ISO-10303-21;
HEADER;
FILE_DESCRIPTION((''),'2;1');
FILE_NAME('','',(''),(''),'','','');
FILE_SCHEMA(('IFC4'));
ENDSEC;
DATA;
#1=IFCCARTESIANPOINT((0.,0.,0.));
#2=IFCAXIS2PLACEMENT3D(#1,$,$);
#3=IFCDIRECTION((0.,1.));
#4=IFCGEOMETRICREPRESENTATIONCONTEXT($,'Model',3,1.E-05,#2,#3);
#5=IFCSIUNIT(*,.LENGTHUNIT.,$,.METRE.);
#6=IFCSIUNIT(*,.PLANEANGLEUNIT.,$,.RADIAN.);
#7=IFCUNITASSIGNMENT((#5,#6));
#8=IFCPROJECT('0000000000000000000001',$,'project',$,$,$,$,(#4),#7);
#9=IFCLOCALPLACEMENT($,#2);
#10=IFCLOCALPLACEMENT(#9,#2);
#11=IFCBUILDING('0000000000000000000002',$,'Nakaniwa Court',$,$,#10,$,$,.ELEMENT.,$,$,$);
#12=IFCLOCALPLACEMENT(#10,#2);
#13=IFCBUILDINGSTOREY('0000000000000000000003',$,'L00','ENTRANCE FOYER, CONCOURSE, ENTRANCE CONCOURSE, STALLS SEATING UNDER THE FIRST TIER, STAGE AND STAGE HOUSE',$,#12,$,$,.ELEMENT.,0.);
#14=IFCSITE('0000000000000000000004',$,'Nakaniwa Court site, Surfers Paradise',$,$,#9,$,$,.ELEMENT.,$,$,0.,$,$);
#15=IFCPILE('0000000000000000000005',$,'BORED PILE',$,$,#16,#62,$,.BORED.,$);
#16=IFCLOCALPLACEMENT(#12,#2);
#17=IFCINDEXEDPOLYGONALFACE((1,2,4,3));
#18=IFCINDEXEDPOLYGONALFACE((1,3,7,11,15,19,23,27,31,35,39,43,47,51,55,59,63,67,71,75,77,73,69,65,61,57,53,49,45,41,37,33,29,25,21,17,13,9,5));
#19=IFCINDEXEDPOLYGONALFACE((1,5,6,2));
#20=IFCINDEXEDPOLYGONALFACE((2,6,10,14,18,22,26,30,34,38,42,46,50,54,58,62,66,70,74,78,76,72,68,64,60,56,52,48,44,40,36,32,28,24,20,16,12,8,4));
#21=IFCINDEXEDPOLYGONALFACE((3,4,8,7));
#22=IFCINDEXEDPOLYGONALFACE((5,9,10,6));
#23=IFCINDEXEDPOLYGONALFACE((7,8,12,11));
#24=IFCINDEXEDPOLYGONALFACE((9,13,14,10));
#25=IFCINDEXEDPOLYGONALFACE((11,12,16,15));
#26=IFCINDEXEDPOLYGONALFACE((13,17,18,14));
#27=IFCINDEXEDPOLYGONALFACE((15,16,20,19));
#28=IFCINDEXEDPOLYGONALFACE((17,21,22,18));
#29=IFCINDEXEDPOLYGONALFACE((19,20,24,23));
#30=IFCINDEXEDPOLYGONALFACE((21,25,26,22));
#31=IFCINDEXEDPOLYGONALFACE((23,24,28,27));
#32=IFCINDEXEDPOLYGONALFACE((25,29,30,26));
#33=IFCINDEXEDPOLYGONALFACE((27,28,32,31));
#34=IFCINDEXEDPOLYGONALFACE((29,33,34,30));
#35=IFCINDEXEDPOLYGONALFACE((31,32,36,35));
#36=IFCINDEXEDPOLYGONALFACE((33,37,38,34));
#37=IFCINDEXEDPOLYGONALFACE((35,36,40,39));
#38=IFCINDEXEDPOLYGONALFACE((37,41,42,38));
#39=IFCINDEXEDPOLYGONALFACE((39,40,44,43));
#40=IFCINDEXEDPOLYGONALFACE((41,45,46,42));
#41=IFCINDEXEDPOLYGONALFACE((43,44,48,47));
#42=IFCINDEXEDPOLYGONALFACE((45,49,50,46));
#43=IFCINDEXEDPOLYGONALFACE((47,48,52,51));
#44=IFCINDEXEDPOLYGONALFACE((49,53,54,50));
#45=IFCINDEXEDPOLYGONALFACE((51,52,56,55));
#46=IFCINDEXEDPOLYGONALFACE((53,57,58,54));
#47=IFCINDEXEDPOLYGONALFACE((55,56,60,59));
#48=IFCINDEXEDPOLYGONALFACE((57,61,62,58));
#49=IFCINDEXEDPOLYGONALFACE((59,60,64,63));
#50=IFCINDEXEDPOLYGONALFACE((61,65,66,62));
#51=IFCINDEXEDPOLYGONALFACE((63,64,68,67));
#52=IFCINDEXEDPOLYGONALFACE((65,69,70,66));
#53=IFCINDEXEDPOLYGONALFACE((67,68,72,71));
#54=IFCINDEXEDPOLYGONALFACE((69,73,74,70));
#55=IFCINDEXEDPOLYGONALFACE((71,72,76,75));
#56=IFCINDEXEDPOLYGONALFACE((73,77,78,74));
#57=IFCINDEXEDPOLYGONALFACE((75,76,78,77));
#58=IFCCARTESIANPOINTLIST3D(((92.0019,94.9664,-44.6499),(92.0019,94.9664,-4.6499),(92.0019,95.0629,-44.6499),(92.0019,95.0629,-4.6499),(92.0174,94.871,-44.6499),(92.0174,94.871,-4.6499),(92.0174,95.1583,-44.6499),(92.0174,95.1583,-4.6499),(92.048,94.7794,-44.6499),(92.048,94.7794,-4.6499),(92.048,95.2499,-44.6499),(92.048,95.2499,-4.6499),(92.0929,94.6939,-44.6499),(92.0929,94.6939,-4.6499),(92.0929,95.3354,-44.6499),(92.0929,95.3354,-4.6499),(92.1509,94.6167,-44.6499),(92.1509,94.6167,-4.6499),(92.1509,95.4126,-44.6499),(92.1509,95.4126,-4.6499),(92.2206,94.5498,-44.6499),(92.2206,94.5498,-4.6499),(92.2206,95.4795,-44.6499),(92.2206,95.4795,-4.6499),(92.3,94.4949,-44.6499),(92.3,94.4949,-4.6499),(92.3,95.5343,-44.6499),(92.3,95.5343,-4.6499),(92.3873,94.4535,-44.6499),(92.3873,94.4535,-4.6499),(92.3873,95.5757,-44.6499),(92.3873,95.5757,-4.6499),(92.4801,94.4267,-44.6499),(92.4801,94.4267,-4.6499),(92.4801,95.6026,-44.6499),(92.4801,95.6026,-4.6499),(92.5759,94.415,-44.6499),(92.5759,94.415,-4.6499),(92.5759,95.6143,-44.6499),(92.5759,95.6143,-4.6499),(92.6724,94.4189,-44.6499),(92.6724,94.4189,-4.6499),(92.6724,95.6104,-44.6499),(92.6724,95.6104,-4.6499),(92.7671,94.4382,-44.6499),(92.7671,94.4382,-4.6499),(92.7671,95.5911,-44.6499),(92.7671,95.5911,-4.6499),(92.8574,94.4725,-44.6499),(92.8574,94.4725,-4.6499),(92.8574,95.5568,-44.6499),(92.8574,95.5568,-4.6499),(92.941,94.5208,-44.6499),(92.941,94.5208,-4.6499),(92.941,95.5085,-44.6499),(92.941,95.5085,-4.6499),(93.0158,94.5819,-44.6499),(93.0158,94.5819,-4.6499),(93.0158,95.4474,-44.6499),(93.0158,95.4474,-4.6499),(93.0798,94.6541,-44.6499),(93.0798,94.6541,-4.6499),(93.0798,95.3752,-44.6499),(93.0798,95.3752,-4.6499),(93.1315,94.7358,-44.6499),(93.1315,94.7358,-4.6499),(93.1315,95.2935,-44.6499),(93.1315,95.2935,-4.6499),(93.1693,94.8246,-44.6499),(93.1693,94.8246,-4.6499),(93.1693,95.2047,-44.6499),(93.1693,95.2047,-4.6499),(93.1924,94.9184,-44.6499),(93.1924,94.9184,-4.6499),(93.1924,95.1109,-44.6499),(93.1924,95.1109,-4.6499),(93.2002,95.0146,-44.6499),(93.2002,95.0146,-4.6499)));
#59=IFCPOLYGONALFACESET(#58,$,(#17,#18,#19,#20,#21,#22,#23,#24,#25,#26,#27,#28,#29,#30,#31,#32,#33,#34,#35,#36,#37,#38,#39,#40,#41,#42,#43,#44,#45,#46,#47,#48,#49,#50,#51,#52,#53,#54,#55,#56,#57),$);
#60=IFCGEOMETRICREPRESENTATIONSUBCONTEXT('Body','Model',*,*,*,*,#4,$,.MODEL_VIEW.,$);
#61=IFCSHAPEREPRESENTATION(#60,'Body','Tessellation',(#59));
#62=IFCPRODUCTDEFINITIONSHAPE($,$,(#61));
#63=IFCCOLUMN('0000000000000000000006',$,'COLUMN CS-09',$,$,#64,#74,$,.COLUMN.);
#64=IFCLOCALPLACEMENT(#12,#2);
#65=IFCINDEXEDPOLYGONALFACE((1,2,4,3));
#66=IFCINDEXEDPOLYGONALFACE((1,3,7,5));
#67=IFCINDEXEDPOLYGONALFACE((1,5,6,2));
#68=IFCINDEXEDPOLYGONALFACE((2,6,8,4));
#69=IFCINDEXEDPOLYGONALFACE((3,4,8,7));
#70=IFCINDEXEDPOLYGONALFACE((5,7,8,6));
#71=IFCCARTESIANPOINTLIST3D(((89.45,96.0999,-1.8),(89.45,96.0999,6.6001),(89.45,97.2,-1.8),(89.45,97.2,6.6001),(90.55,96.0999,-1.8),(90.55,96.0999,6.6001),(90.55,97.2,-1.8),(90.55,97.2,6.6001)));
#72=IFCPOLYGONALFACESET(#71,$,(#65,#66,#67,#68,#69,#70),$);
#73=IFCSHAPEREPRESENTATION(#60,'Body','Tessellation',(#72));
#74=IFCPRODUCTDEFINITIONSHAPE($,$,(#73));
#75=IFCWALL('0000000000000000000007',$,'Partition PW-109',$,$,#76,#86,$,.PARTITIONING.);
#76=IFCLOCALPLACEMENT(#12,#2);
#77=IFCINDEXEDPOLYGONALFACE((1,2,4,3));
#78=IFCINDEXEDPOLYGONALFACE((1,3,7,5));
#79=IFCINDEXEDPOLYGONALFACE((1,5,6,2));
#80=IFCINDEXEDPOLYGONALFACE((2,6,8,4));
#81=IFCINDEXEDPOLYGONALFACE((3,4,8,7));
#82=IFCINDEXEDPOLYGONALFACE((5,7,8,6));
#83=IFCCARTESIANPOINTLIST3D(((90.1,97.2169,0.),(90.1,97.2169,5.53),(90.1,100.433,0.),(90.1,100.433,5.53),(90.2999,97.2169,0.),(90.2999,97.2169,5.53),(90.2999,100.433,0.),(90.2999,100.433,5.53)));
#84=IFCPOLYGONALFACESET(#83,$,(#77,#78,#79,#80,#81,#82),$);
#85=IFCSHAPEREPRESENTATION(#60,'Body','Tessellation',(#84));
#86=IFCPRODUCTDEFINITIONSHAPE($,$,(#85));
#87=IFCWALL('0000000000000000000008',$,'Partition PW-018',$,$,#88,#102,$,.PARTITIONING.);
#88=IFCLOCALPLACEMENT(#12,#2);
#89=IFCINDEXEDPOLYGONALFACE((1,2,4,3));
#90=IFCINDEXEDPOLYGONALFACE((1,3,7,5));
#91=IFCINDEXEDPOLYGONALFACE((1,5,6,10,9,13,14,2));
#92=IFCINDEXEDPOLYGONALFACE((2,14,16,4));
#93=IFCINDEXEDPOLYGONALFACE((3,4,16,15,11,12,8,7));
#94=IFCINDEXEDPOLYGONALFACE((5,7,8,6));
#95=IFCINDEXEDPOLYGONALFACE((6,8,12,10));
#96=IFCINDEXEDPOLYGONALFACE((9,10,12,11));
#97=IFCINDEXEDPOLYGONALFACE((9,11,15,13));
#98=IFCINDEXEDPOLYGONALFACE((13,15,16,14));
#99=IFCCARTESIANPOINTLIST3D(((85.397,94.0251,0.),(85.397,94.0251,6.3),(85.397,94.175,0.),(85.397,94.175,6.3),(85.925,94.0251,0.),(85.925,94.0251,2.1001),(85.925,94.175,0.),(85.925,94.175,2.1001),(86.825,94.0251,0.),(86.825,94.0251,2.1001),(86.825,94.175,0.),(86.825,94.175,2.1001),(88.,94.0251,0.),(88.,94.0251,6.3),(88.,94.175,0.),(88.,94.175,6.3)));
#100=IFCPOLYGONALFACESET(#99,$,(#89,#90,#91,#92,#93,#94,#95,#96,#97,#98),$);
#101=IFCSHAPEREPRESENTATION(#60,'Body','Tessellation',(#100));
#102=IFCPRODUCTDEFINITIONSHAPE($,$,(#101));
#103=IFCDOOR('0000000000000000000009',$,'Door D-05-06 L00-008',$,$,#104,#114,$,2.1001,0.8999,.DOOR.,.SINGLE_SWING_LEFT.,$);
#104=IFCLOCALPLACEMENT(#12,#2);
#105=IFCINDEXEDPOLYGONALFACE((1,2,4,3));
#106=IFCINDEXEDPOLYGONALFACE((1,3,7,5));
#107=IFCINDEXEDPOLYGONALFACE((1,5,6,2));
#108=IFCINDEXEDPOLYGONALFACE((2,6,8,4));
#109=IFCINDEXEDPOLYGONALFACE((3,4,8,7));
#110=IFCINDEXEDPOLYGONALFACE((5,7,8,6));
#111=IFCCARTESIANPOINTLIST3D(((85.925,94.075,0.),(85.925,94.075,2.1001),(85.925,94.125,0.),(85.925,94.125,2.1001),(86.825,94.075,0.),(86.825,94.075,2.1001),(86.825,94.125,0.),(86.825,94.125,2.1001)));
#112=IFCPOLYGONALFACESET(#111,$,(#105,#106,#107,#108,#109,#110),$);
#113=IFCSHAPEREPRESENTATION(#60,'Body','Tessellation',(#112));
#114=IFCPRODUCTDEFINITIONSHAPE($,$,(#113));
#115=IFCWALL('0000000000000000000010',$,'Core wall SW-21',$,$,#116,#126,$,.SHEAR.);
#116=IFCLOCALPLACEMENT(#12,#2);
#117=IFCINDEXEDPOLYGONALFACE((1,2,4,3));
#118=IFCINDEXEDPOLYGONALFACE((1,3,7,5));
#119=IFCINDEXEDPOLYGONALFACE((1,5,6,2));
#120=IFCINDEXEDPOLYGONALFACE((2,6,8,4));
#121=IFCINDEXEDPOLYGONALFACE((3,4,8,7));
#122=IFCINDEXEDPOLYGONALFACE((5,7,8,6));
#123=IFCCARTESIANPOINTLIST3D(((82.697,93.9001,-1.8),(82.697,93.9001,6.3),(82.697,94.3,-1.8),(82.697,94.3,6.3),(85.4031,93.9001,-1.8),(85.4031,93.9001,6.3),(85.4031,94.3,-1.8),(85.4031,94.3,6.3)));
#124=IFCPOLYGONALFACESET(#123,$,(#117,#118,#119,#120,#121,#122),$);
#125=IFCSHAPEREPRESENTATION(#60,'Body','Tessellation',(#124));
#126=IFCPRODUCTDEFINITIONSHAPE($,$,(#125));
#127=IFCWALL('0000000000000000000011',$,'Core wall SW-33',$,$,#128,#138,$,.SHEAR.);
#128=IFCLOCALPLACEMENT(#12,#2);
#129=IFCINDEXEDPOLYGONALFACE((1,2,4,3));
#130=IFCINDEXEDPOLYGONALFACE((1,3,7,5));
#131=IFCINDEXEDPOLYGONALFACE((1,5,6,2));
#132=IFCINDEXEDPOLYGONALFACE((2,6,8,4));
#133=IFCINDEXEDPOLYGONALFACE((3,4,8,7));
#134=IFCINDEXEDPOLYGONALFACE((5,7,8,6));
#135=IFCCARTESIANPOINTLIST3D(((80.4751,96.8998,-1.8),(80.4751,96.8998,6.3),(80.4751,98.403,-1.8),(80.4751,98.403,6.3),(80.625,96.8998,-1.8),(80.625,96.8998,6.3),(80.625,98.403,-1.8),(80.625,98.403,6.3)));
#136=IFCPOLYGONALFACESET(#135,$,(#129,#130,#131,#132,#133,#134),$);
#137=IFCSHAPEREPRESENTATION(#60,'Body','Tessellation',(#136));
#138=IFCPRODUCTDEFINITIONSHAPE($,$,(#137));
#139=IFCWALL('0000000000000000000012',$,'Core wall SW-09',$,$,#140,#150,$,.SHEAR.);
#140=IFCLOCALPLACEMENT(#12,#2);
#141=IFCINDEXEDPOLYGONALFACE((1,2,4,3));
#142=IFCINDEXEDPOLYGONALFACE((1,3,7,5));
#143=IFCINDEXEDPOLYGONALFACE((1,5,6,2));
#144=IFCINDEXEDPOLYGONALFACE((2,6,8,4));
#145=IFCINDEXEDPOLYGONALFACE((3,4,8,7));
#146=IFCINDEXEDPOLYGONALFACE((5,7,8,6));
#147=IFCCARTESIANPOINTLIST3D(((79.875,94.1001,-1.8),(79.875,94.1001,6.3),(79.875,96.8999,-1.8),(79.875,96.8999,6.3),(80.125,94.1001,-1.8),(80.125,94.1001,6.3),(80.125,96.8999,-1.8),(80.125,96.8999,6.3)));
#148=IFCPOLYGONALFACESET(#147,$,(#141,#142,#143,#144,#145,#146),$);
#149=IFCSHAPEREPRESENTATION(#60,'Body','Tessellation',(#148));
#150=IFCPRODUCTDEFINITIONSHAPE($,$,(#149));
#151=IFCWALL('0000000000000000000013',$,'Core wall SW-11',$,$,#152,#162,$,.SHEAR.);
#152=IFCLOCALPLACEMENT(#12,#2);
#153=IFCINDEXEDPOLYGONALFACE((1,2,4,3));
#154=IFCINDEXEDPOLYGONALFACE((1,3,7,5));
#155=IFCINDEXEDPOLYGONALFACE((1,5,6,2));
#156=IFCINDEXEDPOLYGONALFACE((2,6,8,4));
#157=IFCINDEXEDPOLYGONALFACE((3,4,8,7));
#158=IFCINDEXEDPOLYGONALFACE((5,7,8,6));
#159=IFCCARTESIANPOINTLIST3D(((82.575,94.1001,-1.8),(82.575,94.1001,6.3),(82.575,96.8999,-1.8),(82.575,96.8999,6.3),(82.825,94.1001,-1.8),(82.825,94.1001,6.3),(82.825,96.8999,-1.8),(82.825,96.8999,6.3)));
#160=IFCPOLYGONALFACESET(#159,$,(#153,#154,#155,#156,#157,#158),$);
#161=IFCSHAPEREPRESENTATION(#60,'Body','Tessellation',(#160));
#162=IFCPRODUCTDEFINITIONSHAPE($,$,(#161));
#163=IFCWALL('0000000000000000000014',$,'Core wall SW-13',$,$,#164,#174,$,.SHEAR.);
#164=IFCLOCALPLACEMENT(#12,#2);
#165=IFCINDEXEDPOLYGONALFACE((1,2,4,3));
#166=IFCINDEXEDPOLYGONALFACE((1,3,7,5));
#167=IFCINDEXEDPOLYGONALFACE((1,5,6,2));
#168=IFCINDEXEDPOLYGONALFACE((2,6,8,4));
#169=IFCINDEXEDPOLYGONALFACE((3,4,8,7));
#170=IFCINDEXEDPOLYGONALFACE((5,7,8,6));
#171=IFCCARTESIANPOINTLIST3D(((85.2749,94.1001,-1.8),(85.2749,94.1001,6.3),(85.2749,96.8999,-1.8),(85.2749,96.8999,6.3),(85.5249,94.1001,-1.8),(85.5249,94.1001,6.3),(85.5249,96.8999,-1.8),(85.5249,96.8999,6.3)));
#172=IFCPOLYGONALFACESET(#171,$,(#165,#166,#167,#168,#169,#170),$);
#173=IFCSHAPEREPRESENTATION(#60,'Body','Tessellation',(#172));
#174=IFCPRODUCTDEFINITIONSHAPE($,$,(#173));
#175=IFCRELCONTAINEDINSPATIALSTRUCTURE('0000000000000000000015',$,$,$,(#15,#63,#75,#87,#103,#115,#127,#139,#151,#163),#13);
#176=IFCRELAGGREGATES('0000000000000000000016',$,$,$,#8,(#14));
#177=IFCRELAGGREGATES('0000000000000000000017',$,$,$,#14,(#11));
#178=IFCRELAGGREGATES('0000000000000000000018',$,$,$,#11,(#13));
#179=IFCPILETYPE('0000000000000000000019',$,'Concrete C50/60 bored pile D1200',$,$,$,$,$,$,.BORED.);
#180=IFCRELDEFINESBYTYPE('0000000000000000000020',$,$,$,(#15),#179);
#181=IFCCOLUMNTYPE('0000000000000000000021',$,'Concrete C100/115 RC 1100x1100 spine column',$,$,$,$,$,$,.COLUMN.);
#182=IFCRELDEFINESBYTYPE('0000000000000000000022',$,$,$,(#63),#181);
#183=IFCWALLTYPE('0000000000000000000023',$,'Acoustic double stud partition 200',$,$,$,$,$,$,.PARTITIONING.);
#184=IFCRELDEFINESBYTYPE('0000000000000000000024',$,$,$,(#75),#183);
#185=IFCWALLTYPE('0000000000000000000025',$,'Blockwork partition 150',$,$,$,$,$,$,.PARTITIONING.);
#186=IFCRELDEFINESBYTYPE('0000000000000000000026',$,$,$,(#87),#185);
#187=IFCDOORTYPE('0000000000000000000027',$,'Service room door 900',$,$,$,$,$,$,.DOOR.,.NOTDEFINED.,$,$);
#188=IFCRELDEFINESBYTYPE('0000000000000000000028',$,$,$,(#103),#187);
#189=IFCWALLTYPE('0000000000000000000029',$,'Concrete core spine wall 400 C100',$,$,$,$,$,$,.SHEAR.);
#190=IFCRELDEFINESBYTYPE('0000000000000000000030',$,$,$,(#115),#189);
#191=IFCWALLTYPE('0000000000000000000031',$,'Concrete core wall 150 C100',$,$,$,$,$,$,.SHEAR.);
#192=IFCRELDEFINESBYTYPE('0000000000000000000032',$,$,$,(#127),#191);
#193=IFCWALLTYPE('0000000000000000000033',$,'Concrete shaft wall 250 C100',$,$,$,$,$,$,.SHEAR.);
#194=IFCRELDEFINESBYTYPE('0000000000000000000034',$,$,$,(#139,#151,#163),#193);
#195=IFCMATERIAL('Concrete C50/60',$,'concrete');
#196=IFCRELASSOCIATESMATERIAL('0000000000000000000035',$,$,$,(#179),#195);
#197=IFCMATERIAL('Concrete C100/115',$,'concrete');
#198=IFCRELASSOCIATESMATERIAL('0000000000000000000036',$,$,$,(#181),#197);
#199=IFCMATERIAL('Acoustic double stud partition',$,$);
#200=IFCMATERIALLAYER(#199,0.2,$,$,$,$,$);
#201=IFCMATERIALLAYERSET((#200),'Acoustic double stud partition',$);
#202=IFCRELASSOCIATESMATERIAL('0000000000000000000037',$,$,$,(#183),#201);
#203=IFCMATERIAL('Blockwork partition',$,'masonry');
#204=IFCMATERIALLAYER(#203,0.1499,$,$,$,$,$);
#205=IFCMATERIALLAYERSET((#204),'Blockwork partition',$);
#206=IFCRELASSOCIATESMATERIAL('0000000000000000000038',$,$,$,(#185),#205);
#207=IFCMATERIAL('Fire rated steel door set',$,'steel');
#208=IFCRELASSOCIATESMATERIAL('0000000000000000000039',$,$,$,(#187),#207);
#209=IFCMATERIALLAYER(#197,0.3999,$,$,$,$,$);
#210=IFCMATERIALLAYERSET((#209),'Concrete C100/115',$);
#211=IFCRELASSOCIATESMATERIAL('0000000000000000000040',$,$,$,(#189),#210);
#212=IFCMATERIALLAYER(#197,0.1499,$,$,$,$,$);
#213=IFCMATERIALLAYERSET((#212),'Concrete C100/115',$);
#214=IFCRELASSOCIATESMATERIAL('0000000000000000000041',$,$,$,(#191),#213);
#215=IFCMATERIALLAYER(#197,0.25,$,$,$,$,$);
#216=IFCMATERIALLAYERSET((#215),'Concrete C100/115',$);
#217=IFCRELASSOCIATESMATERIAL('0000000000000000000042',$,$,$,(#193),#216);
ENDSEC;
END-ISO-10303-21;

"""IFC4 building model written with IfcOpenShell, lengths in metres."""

from ifc_helpers import new_model, si_unit, direction, frame, frame_2d, origin, origin_2d, place, context, subcontext, project, spatial, rectangle, circle, extrude, material, layer, layer_set, material_profile, profile_set, type_object, element, fill, save


model = new_model("IFC4")

# Units and contexts
model_context = context("Model", 3, precision=1e-05, world=origin(), true_north=direction((0.0, 1.0)))
body_context = subcontext(model_context, "Body", "Model", "MODEL_VIEW")
ifc_project = project(units=[si_unit("LENGTHUNIT", "METRE"), si_unit("PLANEANGLEUNIT", "RADIAN")], contexts=[model_context])

# Site, building, storey
site_placement = place(None, origin())
site = spatial("IfcSite", under=ifc_project, at=site_placement, Name="Nakaniwa Court site, Surfers Paradise", CompositionType="ELEMENT", RefElevation=0.0)
building_placement = place(site_placement, origin())
building = spatial("IfcBuilding", under=site, at=building_placement, Name="Nakaniwa Court", CompositionType="ELEMENT")
storey_placement = place(building_placement, origin())
storey = spatial("IfcBuildingStorey", under=building, at=storey_placement, Name="L00", Description="ENTRANCE FOYER, CONCOURSE, ENTRANCE CONCOURSE, STALLS SEATING UNDER THE FIRST TIER, STAGE AND STAGE HOUSE", CompositionType="ELEMENT", Elevation=0.0)

# Pile
ifc_material_1 = material(Name="Concrete C50/60", Category="concrete")
ifc_material_profile_1 = material_profile(ifc_material_1, circle(Radius=0.6001, at=origin_2d()), Name="Concrete C50/60 bored pile D1200")
ifc_profile_set_1 = profile_set([ifc_material_profile_1], Name="Concrete C50/60")
pile_type = type_object("IfcPileType", Name="Concrete C50/60 bored pile D1200", PredefinedType="BORED", material=ifc_profile_set_1)
for number, where, z_axis, x_axis, name in (
    (1, (92.6001, 95.0146, -4.6499), (0.0, 0.0, -1.0), (1.0, 0.0, 0.0), "BORED PILE"),
):
    element("IfcPile", number, at=place(storey_placement, frame(where, z_axis=z_axis, x_axis=x_axis)), inside=storey, type_object=pile_type, Name=name, PredefinedType="BORED", context=body_context, shape_type="SweptSolid", body=[
        extrude(circle(Radius=0.6001, at=origin_2d()), origin(), (0.0, 0.0, 1.0), 40.0),
    ])

# Column
ifc_material_2 = material(Name="Concrete C100/115", Category="concrete")
ifc_material_profile_2 = material_profile(ifc_material_2, rectangle(XDim=1.1001, YDim=1.1001, at=origin_2d()), Name="Concrete C100/115 RC 1100x1100 spine column")
ifc_profile_set_2 = profile_set([ifc_material_profile_2], Name="Concrete C100/115")
column_type = type_object("IfcColumnType", Name="Concrete C100/115 RC 1100x1100 spine column", PredefinedType="COLUMN", material=ifc_profile_set_2)
column_placement = place(storey_placement, frame((90.0, 96.6499, -1.8), z_axis=(0.0, 0.0, 1.0), x_axis=(0.0, 1.0, 0.0)))
element("IfcColumn", 2, at=column_placement, inside=storey, type_object=column_type, Name="COLUMN CS-09", PredefinedType="COLUMN", context=body_context, shape_type="SweptSolid", body=[
    extrude(rectangle(XDim=1.1001, YDim=1.1001, at=origin_2d()), origin(), (0.0, 0.0, 1.0), 8.4001),
])

# Wall
ifc_material_3 = material(Name="Acoustic double stud partition")
ifc_layer_1 = layer(ifc_material_3, 0.2)
ifc_layer_set_1 = layer_set([ifc_layer_1], Name="Acoustic double stud partition")
wall_type_1 = type_object("IfcWallType", Name="Acoustic double stud partition 200", PredefinedType="PARTITIONING", material=ifc_layer_set_1)
wall_1_placement = place(storey_placement, frame((90.2, 97.217, 0.0), z_axis=(0.0, 0.0, 1.0), x_axis=(0.0, 1.0, 0.0)))
element("IfcWall", 3, at=wall_1_placement, inside=storey, type_object=wall_type_1, Name="Partition PW-109", PredefinedType="PARTITIONING", context=body_context, shape_type="SweptSolid", body=[
    extrude(rectangle(XDim=3.2161, YDim=0.2, at=frame_2d((1.6079, 0.0))), origin(), (0.0, 0.0, 1.0), 5.53),
])

# Wall, opening, door
ifc_material_4 = material(Name="Blockwork partition", Category="masonry")
ifc_layer_2 = layer(ifc_material_4, 0.1499)
ifc_layer_set_2 = layer_set([ifc_layer_2], Name="Blockwork partition")
wall_type_2 = type_object("IfcWallType", Name="Blockwork partition 150", PredefinedType="PARTITIONING", material=ifc_layer_set_2)
wall_2_placement = place(storey_placement, frame((85.397, 94.1001, 0.0), z_axis=(0.0, 0.0, 1.0), x_axis=(1.0, 0.0, 0.0)))
wall_2 = element("IfcWall", 4, at=wall_2_placement, inside=storey, type_object=wall_type_2, Name="Partition PW-018", PredefinedType="PARTITIONING", context=body_context, shape_type="SweptSolid", body=[
    extrude(rectangle(XDim=2.603, YDim=0.1499, at=frame_2d((1.3015, 0.0))), origin(), (0.0, 0.0, 1.0), 6.3),
])
opening_1_placement = place(wall_2_placement, frame((0.5281, 0.0, 0.0)))
opening_1 = element("IfcOpeningElement", 5, at=opening_1_placement, cuts=wall_2, PredefinedType="OPENING", context=body_context, shape_type="SweptSolid", body=[
    extrude(rectangle(XDim=0.8999, YDim=2.1001, at=frame_2d((0.45, 1.05))), frame((0.0, 0.085, 0.0), z_axis=(0.0, -1.0, 0.0), x_axis=(1.0, 0.0, 0.0)), (0.0, 0.0, 1.0), 0.1699),
])
ifc_material_5 = material(Name="Fire rated steel door set", Category="steel")
door_type_1 = type_object("IfcDoorType", Name="Service room door 900", OperationType="NOTDEFINED", PredefinedType="DOOR", material=ifc_material_5)
door_1_placement = place(opening_1_placement, origin())
door_1 = element("IfcDoor", 6, at=door_1_placement, inside=storey, type_object=door_type_1, Name="Door D-05-06 L00-008", OperationType="SINGLE_SWING_LEFT", OverallHeight=2.1001, OverallWidth=0.8999, PredefinedType="DOOR", context=body_context, shape_type="SweptSolid", body=[
    extrude(rectangle(XDim=0.8999, YDim=2.1001, at=frame_2d((0.45, 1.05))), frame((0.0, 0.0249, 0.0), z_axis=(0.0, -1.0, 0.0), x_axis=(1.0, 0.0, 0.0)), (0.0, 0.0, 1.0), 0.05),
])
fill(opening_1, door_1)

# Walls
ifc_layer_3 = layer(ifc_material_2, 0.3999)
ifc_layer_set_3 = layer_set([ifc_layer_3], Name="Concrete C100/115")
wall_type_3 = type_object("IfcWallType", Name="Concrete core spine wall 400 C100", PredefinedType="SHEAR", material=ifc_layer_set_3)
wall_3_placement = place(storey_placement, frame((82.697, 94.1001, -1.8), z_axis=(0.0, 0.0, 1.0), x_axis=(1.0, 0.0, 0.0)))
element("IfcWall", 7, at=wall_3_placement, inside=storey, type_object=wall_type_3, Name="Core wall SW-21", PredefinedType="SHEAR", context=body_context, shape_type="SweptSolid", body=[
    extrude(rectangle(XDim=2.7061, YDim=0.3999, at=frame_2d((1.353, 0.0))), origin(), (0.0, 0.0, 1.0), 8.1001),
])
ifc_layer_4 = layer(ifc_material_2, 0.1499)
ifc_layer_set_4 = layer_set([ifc_layer_4], Name="Concrete C100/115")
wall_type_4 = type_object("IfcWallType", Name="Concrete core wall 150 C100", PredefinedType="SHEAR", material=ifc_layer_set_4)
wall_4_placement = place(storey_placement, frame((80.55, 96.8999, -1.8), z_axis=(0.0, 0.0, 1.0), x_axis=(0.0, 1.0, 0.0)))
element("IfcWall", 8, at=wall_4_placement, inside=storey, type_object=wall_type_4, Name="Core wall SW-33", PredefinedType="SHEAR", context=body_context, shape_type="SweptSolid", body=[
    extrude(rectangle(XDim=1.5032, YDim=0.1499, at=frame_2d((0.7515, 0.0))), origin(), (0.0, 0.0, 1.0), 8.1001),
])
ifc_layer_5 = layer(ifc_material_2, 0.25)
ifc_layer_set_5 = layer_set([ifc_layer_5], Name="Concrete C100/115")
wall_type_5 = type_object("IfcWallType", Name="Concrete shaft wall 250 C100", PredefinedType="SHEAR", material=ifc_layer_set_5)
for number, where, z_axis, x_axis, name in (
    (9, (80.0, 94.1001, -1.8), (0.0, 0.0, 1.0), (0.0, 1.0, 0.0), "Core wall SW-09"),
    (10, (82.7, 94.1001, -1.8), (0.0, 0.0, 1.0), (0.0, 1.0, 0.0), "Core wall SW-11"),
    (11, (85.3999, 94.1001, -1.8), (0.0, 0.0, 1.0), (0.0, 1.0, 0.0), "Core wall SW-13"),
):
    element("IfcWall", number, at=place(storey_placement, frame(where, z_axis=z_axis, x_axis=x_axis)), inside=storey, type_object=wall_type_5, Name=name, PredefinedType="SHEAR", context=body_context, shape_type="SweptSolid", body=[
        extrude(rectangle(XDim=2.7998, YDim=0.25, at=frame_2d((1.3999, 0.0))), origin(), (0.0, 0.0, 1.0), 8.1001),
    ])

save(model, "model.ifc")
